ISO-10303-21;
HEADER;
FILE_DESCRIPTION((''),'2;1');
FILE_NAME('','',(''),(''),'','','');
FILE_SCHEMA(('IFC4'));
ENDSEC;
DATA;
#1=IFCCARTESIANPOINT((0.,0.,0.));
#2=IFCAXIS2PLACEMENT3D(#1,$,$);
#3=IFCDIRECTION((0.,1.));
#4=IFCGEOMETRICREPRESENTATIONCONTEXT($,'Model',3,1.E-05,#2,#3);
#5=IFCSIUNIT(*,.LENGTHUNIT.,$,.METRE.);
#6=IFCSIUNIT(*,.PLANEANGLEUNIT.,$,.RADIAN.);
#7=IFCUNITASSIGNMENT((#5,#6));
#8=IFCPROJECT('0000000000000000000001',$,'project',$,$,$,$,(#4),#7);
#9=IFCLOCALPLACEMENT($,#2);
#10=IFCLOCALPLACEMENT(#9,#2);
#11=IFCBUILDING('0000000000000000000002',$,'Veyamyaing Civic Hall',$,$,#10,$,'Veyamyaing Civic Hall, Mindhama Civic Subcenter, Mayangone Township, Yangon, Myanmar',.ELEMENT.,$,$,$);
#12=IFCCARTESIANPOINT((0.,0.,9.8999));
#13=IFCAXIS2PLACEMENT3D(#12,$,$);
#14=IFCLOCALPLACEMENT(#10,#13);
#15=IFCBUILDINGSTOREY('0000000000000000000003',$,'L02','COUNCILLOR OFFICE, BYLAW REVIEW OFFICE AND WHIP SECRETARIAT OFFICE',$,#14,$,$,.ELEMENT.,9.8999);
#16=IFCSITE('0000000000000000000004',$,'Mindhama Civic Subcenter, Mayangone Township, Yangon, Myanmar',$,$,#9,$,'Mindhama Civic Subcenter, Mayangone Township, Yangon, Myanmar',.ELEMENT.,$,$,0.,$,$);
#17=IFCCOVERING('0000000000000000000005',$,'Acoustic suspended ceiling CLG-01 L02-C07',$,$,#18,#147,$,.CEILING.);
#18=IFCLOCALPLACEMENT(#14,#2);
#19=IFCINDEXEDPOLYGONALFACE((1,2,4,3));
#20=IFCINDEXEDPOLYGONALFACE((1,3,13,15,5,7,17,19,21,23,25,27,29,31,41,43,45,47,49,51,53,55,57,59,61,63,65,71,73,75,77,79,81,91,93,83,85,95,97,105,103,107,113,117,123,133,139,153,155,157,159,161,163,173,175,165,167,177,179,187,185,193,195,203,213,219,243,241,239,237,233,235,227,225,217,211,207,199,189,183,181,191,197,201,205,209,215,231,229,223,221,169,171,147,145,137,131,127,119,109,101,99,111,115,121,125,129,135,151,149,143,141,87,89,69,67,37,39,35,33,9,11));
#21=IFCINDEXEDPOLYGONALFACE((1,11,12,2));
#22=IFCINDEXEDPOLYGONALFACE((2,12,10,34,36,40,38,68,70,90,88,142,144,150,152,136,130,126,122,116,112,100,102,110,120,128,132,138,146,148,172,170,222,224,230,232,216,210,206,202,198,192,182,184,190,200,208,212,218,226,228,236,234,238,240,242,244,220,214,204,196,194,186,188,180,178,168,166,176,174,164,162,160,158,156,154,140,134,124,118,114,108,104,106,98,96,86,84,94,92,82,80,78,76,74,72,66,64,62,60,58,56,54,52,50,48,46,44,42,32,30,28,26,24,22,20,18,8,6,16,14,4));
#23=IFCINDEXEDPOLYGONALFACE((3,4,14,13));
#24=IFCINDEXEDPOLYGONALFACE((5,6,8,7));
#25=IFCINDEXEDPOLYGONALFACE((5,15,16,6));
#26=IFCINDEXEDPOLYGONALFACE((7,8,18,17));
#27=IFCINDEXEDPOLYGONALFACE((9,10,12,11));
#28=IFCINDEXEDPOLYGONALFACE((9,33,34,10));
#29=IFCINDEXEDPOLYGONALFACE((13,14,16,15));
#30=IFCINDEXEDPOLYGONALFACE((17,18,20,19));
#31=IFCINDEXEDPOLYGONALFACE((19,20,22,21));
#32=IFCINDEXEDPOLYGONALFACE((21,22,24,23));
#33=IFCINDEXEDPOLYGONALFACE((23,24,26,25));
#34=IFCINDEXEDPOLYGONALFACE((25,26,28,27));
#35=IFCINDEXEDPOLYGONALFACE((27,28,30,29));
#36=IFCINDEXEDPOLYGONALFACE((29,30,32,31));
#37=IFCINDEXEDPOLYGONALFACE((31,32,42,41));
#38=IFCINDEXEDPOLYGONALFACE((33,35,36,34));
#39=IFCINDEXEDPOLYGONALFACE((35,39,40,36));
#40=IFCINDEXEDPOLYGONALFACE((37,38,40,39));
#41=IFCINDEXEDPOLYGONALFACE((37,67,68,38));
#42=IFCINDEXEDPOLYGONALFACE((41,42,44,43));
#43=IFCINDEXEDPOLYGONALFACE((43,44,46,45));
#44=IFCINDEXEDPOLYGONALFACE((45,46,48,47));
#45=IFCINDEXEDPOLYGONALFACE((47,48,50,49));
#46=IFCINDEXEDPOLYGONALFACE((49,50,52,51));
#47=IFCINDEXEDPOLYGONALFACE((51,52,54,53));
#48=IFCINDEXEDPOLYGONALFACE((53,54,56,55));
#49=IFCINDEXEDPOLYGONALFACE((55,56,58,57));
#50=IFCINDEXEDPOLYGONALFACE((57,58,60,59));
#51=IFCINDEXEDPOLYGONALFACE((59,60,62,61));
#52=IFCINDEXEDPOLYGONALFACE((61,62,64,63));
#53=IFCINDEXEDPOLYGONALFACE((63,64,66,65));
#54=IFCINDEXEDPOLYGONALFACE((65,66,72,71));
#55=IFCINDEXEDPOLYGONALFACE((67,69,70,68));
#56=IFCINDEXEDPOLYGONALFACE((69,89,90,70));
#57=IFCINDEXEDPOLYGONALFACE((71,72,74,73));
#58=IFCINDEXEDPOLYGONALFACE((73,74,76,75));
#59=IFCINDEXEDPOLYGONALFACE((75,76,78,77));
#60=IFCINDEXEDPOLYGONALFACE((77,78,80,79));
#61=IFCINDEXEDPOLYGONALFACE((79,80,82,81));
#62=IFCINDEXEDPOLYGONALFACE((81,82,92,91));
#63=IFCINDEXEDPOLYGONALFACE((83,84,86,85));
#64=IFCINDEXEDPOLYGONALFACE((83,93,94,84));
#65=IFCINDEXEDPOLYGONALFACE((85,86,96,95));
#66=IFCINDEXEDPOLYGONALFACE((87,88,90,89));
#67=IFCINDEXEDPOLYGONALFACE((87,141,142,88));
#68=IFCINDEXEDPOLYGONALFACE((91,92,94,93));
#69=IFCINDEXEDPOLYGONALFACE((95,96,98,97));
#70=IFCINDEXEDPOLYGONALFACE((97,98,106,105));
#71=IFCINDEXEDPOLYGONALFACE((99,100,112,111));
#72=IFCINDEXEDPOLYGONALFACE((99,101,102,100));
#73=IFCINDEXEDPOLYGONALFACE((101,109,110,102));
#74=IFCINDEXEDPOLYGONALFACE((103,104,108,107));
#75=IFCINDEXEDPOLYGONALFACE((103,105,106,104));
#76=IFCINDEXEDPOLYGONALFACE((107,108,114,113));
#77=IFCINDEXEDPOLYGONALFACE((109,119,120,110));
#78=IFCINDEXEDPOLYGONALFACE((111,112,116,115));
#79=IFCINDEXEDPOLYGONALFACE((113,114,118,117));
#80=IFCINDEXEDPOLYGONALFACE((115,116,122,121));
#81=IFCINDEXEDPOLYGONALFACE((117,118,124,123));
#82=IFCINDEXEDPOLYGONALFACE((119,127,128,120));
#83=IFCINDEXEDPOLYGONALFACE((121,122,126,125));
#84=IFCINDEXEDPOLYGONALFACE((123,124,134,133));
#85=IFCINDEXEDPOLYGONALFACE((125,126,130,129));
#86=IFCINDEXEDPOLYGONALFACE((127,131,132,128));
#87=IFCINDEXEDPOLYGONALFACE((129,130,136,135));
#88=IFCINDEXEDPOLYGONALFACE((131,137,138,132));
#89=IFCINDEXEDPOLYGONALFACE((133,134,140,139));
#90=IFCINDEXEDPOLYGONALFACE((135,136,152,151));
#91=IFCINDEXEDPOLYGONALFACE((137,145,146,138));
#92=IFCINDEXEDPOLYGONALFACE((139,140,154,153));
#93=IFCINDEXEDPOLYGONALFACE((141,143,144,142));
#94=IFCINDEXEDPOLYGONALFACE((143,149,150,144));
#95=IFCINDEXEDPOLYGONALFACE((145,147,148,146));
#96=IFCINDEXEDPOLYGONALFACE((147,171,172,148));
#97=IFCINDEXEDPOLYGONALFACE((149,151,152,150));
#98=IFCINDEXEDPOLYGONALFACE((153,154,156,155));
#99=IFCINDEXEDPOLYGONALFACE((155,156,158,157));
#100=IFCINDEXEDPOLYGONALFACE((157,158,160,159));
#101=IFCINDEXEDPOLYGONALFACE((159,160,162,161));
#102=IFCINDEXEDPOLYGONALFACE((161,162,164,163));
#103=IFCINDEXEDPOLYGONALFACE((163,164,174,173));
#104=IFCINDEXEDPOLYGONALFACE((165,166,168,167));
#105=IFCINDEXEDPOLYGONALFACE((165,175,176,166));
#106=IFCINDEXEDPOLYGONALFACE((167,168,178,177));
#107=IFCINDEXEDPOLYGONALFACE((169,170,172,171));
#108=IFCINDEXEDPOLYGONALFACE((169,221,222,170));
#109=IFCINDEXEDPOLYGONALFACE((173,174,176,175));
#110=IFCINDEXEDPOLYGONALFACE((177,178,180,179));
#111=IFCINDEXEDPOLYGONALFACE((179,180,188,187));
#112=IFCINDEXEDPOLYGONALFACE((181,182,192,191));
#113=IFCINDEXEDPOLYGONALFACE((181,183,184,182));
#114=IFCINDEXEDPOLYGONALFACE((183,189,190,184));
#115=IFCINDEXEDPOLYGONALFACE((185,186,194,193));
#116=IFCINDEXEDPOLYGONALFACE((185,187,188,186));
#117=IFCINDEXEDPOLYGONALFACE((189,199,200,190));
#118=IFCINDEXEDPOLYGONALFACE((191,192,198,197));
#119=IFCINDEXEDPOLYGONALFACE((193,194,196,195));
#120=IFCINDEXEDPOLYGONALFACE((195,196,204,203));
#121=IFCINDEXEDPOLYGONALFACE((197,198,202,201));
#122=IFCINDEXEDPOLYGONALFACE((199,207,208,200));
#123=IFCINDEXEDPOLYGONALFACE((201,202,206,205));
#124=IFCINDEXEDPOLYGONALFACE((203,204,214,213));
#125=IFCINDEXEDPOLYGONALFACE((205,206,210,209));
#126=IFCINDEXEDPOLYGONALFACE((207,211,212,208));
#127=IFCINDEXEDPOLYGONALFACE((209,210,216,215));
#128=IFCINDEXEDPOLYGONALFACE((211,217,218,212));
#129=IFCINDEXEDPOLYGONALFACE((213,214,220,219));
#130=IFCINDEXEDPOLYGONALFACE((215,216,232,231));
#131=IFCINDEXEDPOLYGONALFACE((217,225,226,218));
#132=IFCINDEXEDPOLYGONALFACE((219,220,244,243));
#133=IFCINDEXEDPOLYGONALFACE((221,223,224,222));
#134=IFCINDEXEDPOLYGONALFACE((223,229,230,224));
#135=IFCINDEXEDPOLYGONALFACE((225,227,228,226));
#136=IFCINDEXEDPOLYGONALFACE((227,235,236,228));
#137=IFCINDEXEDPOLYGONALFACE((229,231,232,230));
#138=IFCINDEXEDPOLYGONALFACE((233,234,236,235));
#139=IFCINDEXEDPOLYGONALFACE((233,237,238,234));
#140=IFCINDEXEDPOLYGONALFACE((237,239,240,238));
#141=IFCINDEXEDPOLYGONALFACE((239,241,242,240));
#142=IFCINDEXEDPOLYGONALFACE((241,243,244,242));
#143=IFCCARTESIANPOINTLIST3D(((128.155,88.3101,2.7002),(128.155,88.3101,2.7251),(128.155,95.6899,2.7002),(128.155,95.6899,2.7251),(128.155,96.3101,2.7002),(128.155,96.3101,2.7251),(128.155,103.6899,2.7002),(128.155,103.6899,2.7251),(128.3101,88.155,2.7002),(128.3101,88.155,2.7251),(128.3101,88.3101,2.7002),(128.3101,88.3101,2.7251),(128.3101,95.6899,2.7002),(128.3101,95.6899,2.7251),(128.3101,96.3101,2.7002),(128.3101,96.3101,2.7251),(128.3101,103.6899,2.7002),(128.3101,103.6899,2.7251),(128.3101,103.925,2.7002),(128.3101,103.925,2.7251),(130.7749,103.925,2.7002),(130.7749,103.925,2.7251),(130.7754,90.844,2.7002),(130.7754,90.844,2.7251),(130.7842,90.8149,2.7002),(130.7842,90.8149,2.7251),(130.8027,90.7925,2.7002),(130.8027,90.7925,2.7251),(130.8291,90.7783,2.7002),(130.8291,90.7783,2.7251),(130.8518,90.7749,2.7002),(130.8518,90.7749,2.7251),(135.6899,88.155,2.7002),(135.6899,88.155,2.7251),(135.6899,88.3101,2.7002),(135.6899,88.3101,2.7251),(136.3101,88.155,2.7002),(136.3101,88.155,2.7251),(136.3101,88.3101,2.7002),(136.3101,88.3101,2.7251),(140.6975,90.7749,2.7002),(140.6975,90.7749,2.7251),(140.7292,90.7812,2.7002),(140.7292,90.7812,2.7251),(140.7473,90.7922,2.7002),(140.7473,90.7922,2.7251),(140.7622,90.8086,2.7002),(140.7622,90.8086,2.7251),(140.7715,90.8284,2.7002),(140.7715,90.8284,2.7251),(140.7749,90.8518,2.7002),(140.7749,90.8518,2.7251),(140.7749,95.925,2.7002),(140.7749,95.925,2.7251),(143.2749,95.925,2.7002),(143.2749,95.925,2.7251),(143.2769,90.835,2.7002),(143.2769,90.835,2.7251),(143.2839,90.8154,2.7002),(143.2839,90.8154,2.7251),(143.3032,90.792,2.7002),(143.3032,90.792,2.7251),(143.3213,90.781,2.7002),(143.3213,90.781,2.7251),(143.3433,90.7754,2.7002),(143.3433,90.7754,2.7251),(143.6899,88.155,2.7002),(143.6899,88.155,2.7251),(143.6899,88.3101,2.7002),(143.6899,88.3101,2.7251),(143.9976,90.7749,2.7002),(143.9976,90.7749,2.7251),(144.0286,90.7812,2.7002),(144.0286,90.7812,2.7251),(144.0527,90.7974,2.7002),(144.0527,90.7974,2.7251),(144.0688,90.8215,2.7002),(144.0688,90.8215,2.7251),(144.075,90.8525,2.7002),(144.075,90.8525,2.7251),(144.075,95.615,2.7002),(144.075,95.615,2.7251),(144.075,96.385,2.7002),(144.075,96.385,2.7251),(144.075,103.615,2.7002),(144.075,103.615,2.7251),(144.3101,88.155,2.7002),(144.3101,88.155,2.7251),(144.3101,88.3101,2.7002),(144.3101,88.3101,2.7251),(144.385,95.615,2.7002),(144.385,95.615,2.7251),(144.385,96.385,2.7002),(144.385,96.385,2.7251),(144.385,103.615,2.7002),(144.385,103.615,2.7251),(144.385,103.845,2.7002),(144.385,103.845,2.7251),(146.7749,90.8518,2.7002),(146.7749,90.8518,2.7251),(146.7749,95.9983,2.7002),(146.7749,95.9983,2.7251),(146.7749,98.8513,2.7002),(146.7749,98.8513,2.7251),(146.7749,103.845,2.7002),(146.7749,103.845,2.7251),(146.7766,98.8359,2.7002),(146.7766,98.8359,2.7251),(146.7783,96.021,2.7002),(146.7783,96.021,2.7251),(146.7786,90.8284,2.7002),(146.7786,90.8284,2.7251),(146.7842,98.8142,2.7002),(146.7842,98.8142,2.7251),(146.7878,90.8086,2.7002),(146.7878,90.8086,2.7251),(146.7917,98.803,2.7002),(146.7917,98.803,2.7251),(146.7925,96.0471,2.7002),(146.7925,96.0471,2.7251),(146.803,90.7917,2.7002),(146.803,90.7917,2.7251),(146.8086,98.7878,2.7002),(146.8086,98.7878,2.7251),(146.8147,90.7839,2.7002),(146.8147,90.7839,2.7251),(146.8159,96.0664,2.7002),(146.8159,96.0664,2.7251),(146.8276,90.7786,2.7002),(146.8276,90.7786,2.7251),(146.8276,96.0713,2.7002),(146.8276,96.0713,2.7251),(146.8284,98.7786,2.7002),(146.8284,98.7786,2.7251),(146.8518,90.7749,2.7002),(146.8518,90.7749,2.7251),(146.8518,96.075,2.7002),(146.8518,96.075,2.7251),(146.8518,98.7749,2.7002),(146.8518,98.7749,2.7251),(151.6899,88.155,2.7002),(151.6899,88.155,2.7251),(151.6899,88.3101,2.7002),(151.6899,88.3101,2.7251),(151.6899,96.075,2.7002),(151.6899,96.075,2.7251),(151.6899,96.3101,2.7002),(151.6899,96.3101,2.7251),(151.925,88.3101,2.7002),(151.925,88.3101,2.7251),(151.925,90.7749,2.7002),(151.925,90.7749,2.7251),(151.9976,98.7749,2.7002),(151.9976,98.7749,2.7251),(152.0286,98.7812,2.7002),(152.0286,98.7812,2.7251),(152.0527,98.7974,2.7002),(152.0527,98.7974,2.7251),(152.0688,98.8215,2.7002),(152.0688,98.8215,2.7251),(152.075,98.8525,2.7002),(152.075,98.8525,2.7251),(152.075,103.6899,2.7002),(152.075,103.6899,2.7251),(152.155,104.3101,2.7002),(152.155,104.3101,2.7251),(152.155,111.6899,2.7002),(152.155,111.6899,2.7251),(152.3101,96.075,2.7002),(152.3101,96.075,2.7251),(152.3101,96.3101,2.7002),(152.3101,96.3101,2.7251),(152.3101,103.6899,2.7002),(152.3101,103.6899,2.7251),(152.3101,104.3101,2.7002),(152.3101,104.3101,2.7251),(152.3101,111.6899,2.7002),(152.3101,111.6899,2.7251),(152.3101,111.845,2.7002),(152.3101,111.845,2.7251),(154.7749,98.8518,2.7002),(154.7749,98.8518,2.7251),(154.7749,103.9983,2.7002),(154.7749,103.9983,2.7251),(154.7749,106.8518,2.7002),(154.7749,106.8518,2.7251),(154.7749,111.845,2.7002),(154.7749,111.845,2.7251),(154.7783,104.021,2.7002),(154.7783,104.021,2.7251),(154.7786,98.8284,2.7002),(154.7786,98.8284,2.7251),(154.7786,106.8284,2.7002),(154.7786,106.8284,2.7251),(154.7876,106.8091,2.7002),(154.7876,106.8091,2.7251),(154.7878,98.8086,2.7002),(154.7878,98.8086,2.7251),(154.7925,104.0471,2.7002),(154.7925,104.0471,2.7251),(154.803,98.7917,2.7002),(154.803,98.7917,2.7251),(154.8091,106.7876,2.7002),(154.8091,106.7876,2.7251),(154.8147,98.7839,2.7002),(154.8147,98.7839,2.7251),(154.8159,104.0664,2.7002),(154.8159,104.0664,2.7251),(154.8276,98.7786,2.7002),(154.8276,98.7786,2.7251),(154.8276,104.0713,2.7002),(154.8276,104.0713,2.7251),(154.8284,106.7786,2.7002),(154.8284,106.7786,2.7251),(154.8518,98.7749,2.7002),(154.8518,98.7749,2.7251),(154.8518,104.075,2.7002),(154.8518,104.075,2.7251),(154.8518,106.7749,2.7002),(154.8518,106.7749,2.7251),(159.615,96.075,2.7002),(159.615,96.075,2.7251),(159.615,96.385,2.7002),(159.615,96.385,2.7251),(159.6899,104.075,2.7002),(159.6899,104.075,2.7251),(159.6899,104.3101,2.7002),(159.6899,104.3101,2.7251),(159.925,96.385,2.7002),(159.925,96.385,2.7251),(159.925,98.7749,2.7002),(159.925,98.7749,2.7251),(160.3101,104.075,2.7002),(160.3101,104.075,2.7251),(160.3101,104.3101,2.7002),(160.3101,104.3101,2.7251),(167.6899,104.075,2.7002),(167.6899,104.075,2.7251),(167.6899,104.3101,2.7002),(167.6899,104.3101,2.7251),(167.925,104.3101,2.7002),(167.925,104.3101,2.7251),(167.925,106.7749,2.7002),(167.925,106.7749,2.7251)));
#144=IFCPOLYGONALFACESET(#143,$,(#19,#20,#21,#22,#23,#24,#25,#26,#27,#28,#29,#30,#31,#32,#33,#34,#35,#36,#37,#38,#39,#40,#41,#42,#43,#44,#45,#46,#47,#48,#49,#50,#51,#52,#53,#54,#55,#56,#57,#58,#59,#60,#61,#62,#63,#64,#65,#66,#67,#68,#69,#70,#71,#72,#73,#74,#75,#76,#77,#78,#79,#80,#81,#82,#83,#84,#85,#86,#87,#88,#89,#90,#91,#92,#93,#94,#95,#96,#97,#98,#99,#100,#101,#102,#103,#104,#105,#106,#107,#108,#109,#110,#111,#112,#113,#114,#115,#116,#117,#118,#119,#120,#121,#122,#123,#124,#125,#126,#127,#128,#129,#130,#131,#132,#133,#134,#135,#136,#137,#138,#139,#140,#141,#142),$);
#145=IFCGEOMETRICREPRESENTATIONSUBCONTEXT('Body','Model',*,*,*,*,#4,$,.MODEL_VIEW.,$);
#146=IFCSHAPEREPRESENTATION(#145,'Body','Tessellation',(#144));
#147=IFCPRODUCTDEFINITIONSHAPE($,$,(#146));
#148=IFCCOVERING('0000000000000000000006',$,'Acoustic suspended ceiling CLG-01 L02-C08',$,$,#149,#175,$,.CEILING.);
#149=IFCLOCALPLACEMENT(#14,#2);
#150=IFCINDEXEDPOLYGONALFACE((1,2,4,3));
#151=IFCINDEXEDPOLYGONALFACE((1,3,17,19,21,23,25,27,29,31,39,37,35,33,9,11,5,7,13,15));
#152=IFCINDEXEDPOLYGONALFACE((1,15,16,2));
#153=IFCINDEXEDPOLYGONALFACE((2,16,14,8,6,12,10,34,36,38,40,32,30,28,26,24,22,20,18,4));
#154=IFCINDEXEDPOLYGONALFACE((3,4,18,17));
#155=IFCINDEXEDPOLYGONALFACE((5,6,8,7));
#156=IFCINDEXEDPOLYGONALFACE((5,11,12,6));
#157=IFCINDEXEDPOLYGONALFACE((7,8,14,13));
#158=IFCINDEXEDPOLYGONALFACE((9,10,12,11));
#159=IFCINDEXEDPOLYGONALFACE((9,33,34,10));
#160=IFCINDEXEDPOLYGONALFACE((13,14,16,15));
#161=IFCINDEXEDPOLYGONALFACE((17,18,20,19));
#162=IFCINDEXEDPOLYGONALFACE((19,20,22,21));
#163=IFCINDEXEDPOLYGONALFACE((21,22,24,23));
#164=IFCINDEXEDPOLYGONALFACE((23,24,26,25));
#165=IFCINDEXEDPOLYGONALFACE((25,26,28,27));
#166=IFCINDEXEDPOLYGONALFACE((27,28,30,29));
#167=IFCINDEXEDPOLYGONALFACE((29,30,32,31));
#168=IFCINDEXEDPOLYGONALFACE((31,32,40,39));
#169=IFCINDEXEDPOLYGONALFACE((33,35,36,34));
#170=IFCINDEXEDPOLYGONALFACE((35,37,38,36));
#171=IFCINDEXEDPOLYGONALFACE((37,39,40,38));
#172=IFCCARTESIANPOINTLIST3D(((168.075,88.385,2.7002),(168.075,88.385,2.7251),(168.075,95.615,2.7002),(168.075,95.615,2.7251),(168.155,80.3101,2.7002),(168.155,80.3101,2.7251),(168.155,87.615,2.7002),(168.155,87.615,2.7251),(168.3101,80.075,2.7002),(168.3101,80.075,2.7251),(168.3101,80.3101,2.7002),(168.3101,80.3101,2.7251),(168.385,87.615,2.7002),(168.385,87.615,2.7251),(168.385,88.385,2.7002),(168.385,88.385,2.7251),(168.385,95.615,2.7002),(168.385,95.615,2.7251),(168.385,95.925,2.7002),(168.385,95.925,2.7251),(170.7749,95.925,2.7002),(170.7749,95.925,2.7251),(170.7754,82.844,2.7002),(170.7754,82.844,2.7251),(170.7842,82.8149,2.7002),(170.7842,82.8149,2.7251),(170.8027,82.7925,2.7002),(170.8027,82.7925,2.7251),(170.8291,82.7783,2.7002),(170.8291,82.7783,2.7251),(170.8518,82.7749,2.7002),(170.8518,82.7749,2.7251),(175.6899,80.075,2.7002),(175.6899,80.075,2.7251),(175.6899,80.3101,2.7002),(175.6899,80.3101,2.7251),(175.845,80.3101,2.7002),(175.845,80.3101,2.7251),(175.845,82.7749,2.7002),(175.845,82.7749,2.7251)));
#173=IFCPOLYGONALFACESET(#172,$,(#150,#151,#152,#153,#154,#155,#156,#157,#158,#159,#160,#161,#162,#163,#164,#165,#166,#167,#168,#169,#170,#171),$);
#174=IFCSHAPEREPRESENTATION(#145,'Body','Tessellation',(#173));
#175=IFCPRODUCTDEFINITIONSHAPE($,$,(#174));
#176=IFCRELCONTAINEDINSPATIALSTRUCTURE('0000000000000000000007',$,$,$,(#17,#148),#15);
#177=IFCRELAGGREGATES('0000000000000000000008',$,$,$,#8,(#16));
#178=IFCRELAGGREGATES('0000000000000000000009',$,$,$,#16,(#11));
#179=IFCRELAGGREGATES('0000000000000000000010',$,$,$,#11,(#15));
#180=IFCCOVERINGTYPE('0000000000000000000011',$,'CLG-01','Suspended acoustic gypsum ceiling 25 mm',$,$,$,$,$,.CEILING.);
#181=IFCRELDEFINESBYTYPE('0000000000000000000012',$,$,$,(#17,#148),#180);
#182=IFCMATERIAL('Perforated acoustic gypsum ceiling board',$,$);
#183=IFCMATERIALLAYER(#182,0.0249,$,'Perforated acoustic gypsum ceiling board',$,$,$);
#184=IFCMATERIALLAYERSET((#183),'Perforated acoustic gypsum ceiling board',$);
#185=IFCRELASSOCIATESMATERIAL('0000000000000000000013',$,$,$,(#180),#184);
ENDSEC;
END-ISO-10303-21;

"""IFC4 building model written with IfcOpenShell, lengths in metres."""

from ifc_helpers import new_model, si_unit, direction, frame, origin, place, context, subcontext, project, spatial, polyline, outline, extrude, material, layer, layer_set, type_object, element, save


model = new_model("IFC4")

# Units and contexts
model_context = context("Model", 3, precision=1e-05, world=origin(), true_north=direction((0.0, 1.0)))
body_context = subcontext(model_context, "Body", "Model", "MODEL_VIEW")
ifc_project = project(units=[si_unit("LENGTHUNIT", "METRE"), si_unit("PLANEANGLEUNIT", "RADIAN")], contexts=[model_context])

# Site, building, storey
site_placement = place(None, origin())
site = spatial("IfcSite", under=ifc_project, at=site_placement, Name="Mindhama Civic Subcenter, Mayangone Township, Yangon, Myanmar", LongName="Mindhama Civic Subcenter, Mayangone Township, Yangon, Myanmar", CompositionType="ELEMENT", RefElevation=0.0)
building_placement = place(site_placement, origin())
building = spatial("IfcBuilding", under=site, at=building_placement, Name="Veyamyaing Civic Hall", LongName="Veyamyaing Civic Hall, Mindhama Civic Subcenter, Mayangone Township, Yangon, Myanmar", CompositionType="ELEMENT")
storey_placement = place(building_placement, frame((0.0, 0.0, 9.8999)))
storey = spatial("IfcBuildingStorey", under=building, at=storey_placement, Name="L02", Description="COUNCILLOR OFFICE, BYLAW REVIEW OFFICE AND WHIP SECRETARIAT OFFICE", CompositionType="ELEMENT", Elevation=9.8999)

# Coverings
ifc_material_1 = material(Name="Perforated acoustic gypsum ceiling board")
ifc_layer_1 = layer(ifc_material_1, 0.0249, Name="Perforated acoustic gypsum ceiling board")
ifc_layer_set_1 = layer_set([ifc_layer_1], Name="Perforated acoustic gypsum ceiling board")
covering_type_1 = type_object("IfcCoveringType", Name="CLG-01", Description="Suspended acoustic gypsum ceiling 25 mm", PredefinedType="CEILING", material=ifc_layer_set_1)
covering_1_placement = place(storey_placement, frame((0.0, 0.0, 2.7002)))
element("IfcCovering", 1, at=covering_1_placement, inside=storey, type_object=covering_type_1, Name="Acoustic suspended ceiling CLG-01 L02-C07", PredefinedType="CEILING", context=body_context, shape_type="SweptSolid", body=[
    extrude(outline(polyline([(130.7842, 90.8149), (130.8027, 90.7925), (130.8291, 90.7783), (130.8518, 90.7749), (140.6975, 90.7749), (140.7292, 90.7812), (140.7473, 90.7922), (140.7622, 90.8086), (140.7715, 90.8284), (140.7749, 90.8518), (140.7749, 95.925), (143.2749, 95.925), (143.2769, 90.835), (143.2839, 90.8154), (143.3032, 90.792), (143.3213, 90.781), (143.3433, 90.7754), (143.9976, 90.7749), (144.0286, 90.7812), (144.0527, 90.7974), (144.0688, 90.8215), (144.075, 90.8525), (144.075, 95.615), (144.385, 95.615), (144.385, 96.385), (144.075, 96.385), (144.075, 103.615), (144.385, 103.615), (144.385, 103.845), (146.7749, 103.845), (146.7749, 98.8513), (146.7766, 98.8359), (146.7842, 98.8142), (146.7917, 98.803), (146.8086, 98.7878), (146.8284, 98.7786), (146.8518, 98.7749), (151.9976, 98.7749), (152.0286, 98.7812), (152.0527, 98.7974), (152.0688, 98.8215), (152.075, 98.8525), (152.075, 103.6899), (152.3101, 103.6899), (152.3101, 104.3101), (152.155, 104.3101), (152.155, 111.6899), (152.3101, 111.6899), (152.3101, 111.845), (154.7749, 111.845), (154.7749, 106.8518), (154.7786, 106.8284), (154.7876, 106.8091), (154.8091, 106.7876), (154.8284, 106.7786), (154.8518, 106.7749), (167.925, 106.7749), (167.925, 104.3101), (167.6899, 104.3101), (167.6899, 104.075), (160.3101, 104.075), (160.3101, 104.3101), (159.6899, 104.3101), (159.6899, 104.075), (154.8518, 104.075), (154.8276, 104.0713), (154.8159, 104.0664), (154.7925, 104.0471), (154.7783, 104.021), (154.7749, 103.9983), (154.7749, 98.8518), (154.7786, 98.8284), (154.7878, 98.8086), (154.803, 98.7917), (154.8147, 98.7839), (154.8276, 98.7786), (154.8518, 98.7749), (159.925, 98.7749), (159.925, 96.385), (159.615, 96.385), (159.615, 96.075), (152.3101, 96.075), (152.3101, 96.3101), (151.6899, 96.3101), (151.6899, 96.075), (146.8518, 96.075), (146.8276, 96.0713), (146.8159, 96.0664), (146.7925, 96.0471), (146.7783, 96.021), (146.7749, 95.9983), (146.7749, 90.8518), (146.7786, 90.8284), (146.7878, 90.8086), (146.803, 90.7917), (146.8147, 90.7839), (146.8276, 90.7786), (146.8518, 90.7749), (151.925, 90.7749), (151.925, 88.3101), (151.6899, 88.3101), (151.6899, 88.155), (144.3101, 88.155), (144.3101, 88.3101), (143.6899, 88.3101), (143.6899, 88.155), (136.3101, 88.155), (136.3101, 88.3101), (135.6899, 88.3101), (135.6899, 88.155), (128.3101, 88.155), (128.3101, 88.3101), (128.155, 88.3101), (128.155, 95.6899), (128.3101, 95.6899), (128.3101, 96.3101), (128.155, 96.3101), (128.155, 103.6899), (128.3101, 103.6899), (128.3101, 103.925), (130.7749, 103.925), (130.7754, 90.844), (130.7842, 90.8149)])), origin(), (0.0, 0.0, 1.0), 0.0249),
])
covering_2_placement = place(storey_placement, frame((0.0, 0.0, 2.7002)))
element("IfcCovering", 2, at=covering_2_placement, inside=storey, type_object=covering_type_1, Name="Acoustic suspended ceiling CLG-01 L02-C08", PredefinedType="CEILING", context=body_context, shape_type="SweptSolid", body=[
    extrude(outline(polyline([(170.7842, 82.8149), (170.8027, 82.7925), (170.8291, 82.7783), (170.8518, 82.7749), (175.845, 82.7749), (175.845, 80.3101), (175.6899, 80.3101), (175.6899, 80.075), (168.3101, 80.075), (168.3101, 80.3101), (168.155, 80.3101), (168.155, 87.615), (168.385, 87.615), (168.385, 88.385), (168.075, 88.385), (168.075, 95.615), (168.385, 95.615), (168.385, 95.925), (170.7749, 95.925), (170.7754, 82.844), (170.7842, 82.8149)])), origin(), (0.0, 0.0, 1.0), 0.0249),
])

save(model, "model.ifc")
